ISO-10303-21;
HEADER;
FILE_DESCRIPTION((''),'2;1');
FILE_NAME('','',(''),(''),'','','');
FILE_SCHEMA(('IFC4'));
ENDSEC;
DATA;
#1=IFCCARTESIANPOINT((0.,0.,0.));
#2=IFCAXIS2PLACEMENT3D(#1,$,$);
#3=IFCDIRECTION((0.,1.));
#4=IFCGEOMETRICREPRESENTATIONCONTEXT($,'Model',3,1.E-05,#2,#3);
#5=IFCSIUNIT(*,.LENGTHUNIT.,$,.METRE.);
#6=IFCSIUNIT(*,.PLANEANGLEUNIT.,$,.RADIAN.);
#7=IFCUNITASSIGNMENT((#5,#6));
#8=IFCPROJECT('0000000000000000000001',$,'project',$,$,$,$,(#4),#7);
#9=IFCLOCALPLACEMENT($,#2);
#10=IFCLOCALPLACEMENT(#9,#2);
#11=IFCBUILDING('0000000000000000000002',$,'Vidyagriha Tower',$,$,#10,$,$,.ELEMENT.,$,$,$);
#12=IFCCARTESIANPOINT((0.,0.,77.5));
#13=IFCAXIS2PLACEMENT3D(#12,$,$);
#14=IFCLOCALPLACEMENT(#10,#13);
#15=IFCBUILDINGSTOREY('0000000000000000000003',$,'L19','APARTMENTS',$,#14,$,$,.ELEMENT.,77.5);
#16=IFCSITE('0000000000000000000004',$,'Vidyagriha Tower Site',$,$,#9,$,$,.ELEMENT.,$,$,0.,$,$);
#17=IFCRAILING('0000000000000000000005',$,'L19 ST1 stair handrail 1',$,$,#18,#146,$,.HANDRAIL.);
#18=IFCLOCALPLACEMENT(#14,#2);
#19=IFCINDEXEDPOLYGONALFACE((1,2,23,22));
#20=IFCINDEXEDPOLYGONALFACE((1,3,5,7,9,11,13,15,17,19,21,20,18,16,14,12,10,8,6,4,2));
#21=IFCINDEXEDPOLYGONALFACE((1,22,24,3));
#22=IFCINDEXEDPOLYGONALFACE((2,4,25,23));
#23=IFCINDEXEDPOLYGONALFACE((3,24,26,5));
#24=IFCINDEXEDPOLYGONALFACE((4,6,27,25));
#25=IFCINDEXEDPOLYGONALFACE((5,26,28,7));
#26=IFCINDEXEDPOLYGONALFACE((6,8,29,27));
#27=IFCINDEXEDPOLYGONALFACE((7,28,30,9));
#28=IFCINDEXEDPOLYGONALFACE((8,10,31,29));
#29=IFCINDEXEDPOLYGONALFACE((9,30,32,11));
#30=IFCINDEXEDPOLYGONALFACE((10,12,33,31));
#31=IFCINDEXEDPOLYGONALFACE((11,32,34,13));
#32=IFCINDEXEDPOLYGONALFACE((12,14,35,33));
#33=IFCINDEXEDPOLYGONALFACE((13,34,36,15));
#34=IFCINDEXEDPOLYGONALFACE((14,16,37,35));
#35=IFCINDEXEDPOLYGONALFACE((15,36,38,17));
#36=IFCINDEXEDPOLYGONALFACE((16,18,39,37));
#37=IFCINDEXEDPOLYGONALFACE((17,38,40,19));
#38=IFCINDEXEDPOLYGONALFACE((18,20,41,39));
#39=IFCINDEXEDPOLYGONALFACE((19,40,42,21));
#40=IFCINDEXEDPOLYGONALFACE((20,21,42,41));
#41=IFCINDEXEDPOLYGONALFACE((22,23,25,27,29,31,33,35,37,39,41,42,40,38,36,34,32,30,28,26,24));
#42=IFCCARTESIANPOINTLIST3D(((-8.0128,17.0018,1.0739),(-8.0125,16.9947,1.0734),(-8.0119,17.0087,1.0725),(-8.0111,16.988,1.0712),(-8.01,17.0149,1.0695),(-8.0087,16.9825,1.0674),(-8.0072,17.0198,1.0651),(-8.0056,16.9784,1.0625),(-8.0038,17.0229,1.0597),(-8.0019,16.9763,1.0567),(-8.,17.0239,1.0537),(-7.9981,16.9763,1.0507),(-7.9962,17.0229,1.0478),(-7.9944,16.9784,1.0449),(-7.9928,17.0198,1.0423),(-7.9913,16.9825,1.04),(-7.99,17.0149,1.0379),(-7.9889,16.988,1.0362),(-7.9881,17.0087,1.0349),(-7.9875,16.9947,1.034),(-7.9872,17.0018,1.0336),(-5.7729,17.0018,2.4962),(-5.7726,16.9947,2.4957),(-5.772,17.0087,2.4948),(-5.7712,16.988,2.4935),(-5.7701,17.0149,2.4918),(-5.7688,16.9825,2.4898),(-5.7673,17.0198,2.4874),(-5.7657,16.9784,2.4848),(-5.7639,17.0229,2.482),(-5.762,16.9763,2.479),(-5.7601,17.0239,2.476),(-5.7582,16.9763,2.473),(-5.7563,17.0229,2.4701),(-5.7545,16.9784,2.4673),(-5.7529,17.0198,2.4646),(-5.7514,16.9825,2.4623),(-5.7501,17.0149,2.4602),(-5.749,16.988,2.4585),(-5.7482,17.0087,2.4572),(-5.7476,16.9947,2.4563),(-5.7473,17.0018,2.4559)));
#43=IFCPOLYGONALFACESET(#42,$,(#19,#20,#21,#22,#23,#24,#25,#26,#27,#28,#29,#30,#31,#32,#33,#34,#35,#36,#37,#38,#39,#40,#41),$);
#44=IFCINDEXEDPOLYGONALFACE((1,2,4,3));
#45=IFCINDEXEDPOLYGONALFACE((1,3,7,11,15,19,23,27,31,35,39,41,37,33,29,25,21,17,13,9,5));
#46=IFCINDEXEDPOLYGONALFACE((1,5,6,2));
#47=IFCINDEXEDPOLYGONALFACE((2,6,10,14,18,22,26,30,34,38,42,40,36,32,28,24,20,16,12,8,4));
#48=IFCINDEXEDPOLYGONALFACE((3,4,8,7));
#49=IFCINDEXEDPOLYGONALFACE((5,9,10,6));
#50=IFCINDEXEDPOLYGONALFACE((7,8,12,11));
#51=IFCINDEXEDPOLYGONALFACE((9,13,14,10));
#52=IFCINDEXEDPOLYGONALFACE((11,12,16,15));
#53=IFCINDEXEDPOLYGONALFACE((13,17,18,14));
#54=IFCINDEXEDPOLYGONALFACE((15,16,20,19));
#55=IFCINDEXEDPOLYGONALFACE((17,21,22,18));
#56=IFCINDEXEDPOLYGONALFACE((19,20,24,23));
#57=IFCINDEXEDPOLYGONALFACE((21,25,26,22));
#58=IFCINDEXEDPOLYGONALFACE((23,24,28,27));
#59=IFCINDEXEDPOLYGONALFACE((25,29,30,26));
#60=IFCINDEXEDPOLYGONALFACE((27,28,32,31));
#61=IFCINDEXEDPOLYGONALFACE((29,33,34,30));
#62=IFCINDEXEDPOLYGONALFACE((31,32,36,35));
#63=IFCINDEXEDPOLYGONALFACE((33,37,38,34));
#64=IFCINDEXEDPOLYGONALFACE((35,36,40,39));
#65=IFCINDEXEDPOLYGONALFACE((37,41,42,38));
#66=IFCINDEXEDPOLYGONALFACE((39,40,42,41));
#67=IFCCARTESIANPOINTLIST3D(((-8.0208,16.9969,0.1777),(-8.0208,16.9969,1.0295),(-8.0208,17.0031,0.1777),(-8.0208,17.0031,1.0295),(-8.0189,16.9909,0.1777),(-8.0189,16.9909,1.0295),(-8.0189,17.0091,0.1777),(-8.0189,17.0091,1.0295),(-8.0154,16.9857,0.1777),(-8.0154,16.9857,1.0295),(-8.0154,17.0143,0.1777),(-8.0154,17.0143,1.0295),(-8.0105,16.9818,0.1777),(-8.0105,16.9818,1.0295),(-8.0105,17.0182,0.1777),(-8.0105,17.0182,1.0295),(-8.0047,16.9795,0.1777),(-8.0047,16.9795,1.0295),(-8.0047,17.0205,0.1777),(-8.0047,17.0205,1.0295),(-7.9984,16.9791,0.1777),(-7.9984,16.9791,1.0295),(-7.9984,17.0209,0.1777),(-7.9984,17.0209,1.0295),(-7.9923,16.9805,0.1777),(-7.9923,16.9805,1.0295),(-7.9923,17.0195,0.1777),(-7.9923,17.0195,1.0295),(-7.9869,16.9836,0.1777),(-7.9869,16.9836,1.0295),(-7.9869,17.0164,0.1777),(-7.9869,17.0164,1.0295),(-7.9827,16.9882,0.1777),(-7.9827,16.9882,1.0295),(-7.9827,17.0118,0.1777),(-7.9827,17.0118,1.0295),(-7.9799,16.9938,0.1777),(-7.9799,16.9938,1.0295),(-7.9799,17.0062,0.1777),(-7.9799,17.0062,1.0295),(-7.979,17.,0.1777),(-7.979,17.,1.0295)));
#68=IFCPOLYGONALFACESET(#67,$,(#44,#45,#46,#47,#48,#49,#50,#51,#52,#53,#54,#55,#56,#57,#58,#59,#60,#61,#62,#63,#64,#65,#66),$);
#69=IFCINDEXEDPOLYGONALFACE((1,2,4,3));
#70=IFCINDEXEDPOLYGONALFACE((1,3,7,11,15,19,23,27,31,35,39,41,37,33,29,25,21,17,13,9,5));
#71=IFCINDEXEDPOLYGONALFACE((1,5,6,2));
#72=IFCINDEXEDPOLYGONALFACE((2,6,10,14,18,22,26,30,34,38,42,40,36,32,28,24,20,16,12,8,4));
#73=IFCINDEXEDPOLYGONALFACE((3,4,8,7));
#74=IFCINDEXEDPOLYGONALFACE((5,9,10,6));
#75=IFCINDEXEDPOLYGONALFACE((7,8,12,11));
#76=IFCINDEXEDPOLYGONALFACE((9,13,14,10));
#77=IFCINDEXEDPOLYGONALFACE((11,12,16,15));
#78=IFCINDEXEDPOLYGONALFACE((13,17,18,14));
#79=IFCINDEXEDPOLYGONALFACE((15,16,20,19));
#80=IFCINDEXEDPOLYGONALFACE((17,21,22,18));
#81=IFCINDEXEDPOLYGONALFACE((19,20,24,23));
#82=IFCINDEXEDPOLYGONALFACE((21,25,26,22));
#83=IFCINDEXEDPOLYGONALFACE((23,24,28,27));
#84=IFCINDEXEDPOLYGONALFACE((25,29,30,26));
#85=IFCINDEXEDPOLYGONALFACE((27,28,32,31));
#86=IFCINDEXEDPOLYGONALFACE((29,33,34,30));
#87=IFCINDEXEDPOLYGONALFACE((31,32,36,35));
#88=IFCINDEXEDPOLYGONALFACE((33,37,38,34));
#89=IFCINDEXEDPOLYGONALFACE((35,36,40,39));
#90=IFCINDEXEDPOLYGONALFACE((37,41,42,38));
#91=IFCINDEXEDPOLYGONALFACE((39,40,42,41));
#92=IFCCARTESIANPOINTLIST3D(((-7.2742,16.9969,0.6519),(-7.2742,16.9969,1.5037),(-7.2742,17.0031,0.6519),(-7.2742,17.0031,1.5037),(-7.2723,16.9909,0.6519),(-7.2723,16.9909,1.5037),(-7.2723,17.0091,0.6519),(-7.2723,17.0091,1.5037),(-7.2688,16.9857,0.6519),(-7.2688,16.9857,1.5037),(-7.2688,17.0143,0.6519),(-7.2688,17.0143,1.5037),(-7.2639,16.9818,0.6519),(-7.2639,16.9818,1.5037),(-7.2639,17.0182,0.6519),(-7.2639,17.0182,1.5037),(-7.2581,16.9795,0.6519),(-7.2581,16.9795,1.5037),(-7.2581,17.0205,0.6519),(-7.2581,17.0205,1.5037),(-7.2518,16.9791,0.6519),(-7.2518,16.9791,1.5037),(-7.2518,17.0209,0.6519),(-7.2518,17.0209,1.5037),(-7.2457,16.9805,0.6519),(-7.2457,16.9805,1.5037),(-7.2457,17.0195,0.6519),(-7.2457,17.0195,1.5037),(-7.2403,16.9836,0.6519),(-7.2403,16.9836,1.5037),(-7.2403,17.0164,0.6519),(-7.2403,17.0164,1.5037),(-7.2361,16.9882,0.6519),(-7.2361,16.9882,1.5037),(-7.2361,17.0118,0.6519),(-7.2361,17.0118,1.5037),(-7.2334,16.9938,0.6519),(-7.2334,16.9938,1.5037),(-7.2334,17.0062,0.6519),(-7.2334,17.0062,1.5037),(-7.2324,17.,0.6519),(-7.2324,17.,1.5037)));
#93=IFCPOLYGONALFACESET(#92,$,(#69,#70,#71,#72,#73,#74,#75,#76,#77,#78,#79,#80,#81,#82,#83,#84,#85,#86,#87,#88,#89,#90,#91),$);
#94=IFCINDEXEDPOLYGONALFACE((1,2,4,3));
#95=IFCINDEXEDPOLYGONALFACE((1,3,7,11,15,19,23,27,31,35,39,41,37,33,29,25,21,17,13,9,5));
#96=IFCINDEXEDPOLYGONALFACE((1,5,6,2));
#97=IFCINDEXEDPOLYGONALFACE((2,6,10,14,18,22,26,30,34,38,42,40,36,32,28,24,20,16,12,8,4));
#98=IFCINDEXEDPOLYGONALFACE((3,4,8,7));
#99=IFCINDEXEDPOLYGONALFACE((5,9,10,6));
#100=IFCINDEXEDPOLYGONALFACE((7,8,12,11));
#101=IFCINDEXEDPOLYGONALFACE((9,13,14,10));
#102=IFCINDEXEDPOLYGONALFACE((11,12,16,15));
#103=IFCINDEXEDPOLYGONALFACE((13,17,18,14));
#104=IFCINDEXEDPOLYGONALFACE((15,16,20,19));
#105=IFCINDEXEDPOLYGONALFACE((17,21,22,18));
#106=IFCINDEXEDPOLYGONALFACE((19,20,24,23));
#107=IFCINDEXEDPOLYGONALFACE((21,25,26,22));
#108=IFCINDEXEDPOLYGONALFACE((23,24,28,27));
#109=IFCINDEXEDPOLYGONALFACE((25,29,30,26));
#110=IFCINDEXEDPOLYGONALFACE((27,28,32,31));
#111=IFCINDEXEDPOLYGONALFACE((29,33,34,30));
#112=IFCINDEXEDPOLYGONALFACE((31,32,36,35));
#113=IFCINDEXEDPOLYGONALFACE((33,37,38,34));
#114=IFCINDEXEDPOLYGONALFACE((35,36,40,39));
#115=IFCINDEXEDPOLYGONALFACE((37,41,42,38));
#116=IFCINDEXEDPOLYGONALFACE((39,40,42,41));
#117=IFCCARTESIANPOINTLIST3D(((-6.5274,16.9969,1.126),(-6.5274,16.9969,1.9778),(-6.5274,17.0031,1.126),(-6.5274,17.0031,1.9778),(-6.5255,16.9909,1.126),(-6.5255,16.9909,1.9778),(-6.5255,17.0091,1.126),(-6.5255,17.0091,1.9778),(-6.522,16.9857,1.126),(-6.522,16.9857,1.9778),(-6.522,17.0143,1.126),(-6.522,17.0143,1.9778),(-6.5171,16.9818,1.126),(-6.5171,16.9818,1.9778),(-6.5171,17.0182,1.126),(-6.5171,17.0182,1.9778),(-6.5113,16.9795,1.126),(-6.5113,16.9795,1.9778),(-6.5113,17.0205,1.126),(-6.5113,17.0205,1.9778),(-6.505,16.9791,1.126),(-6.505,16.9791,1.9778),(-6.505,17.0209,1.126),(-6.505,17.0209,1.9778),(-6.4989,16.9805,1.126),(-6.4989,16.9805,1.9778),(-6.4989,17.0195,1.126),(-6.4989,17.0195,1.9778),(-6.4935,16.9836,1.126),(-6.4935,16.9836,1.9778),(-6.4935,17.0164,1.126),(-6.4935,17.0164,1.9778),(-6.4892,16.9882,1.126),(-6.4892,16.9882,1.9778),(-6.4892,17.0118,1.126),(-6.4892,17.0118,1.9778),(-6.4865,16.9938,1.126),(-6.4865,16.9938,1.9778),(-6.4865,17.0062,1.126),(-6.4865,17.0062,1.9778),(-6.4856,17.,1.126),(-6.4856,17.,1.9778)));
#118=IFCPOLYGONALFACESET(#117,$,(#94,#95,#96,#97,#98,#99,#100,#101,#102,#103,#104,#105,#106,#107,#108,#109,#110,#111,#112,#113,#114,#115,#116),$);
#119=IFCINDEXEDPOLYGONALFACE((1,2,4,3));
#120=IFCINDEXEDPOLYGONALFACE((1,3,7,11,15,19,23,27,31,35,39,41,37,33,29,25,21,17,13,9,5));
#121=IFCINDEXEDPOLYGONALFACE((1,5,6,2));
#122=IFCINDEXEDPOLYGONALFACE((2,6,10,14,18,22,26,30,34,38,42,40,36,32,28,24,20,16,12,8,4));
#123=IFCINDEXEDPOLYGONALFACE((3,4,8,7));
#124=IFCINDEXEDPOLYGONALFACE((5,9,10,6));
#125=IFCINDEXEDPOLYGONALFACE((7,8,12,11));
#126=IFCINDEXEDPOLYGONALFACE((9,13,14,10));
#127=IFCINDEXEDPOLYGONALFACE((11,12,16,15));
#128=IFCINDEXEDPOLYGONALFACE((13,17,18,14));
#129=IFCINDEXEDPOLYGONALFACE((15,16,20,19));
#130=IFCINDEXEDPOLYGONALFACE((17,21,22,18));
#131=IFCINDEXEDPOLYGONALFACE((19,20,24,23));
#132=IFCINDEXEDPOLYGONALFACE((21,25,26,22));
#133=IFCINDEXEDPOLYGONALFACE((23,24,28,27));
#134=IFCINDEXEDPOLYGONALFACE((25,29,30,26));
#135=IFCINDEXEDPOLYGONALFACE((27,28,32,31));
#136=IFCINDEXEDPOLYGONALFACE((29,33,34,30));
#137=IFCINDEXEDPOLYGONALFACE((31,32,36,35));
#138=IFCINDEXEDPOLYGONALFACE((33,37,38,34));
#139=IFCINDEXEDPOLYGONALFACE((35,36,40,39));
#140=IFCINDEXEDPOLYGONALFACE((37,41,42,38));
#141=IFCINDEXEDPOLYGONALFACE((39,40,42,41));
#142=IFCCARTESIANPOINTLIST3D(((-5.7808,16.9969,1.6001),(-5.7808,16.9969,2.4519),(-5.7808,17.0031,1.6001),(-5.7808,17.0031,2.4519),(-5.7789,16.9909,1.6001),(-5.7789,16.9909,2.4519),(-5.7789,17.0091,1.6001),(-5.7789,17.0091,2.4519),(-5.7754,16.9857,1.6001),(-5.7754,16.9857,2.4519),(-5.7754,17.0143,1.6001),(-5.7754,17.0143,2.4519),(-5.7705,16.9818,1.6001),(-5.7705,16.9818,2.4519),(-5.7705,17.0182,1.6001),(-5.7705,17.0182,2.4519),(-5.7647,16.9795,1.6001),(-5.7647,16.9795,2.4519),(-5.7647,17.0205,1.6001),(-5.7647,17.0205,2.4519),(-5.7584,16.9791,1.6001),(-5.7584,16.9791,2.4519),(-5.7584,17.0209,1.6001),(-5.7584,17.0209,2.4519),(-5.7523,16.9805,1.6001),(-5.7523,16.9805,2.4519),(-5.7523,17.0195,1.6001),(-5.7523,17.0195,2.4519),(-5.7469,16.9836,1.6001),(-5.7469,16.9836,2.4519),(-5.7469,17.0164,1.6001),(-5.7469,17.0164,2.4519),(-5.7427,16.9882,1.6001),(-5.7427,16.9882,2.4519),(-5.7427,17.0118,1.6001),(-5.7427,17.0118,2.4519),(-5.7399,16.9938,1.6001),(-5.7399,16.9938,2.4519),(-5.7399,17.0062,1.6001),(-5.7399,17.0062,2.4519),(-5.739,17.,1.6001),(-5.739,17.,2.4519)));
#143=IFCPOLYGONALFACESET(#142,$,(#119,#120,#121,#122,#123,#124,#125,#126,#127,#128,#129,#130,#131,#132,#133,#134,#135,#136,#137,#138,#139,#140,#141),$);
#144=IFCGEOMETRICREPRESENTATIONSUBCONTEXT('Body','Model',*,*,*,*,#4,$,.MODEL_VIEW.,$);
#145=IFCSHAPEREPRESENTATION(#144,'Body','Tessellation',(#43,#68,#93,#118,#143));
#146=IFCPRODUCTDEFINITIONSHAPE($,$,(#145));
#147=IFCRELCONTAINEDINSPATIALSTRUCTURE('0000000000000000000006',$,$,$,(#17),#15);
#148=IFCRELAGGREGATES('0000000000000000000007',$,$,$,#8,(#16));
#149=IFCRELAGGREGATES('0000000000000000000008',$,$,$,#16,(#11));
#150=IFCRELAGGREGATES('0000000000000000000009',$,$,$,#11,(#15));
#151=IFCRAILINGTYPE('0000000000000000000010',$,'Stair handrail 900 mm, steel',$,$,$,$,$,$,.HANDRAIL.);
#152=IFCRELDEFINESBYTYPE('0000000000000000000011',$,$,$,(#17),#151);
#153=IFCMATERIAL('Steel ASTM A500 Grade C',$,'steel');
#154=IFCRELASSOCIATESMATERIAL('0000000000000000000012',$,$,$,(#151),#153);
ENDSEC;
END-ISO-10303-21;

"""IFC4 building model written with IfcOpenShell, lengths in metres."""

from ifc_helpers import new_model, si_unit, direction, frame, origin, origin_2d, place, context, subcontext, project, spatial, circle, extrude, material, type_object, element, save


model = new_model("IFC4")

# Units and contexts
model_context = context("Model", 3, precision=1e-05, world=origin(), true_north=direction((0.0, 1.0)))
body_context = subcontext(model_context, "Body", "Model", "MODEL_VIEW")
ifc_project = project(units=[si_unit("LENGTHUNIT", "METRE"), si_unit("PLANEANGLEUNIT", "RADIAN")], contexts=[model_context])

# Site, building, storey
site_placement = place(None, origin())
site = spatial("IfcSite", under=ifc_project, at=site_placement, Name="Vidyagriha Tower Site", CompositionType="ELEMENT", RefElevation=0.0)
building_placement = place(site_placement, origin())
building = spatial("IfcBuilding", under=site, at=building_placement, Name="Vidyagriha Tower", CompositionType="ELEMENT")
storey_placement = place(building_placement, frame((0.0, 0.0, 77.5)))
storey = spatial("IfcBuildingStorey", under=building, at=storey_placement, Name="L19", Description="APARTMENTS", CompositionType="ELEMENT", Elevation=77.5)

# Railing
ifc_material_1 = material(Name="Steel ASTM A500 Grade C", Category="steel")
railing_type_1 = type_object("IfcRailingType", Name="Stair handrail 900 mm, steel", PredefinedType="HANDRAIL", material=ifc_material_1)
railing_1_placement = place(storey_placement, frame((-8.0, 17.0, 0.1777)))
element("IfcRailing", 1, at=railing_1_placement, inside=storey, type_object=railing_type_1, Name="L19 ST1 stair handrail 1", PredefinedType="HANDRAIL", context=body_context, shape_type="SweptSolid", body=[
    extrude(circle(Radius=0.0239, at=origin_2d()), frame((0.0, 0.0, 0.876), z_axis=(0.844188, 0.0, 0.536048), x_axis=(0.0, 1.0, 0.0)), (0.0, 0.0, 1.0), 2.6533),
    extrude(circle(Radius=0.021, at=origin_2d()), origin(), (0.0, 0.0, 1.0), 0.8518),
    extrude(circle(Radius=0.021, at=origin_2d()), frame((0.7466, 0.0, 0.4741)), (0.0, 0.0, 1.0), 0.8518),
    extrude(circle(Radius=0.021, at=origin_2d()), frame((1.4934, 0.0, 0.9482)), (0.0, 0.0, 1.0), 0.8518),
    extrude(circle(Radius=0.021, at=origin_2d()), frame((2.24, 0.0, 1.4224)), (0.0, 0.0, 1.0), 0.8518),
])

save(model, "model.ifc")
